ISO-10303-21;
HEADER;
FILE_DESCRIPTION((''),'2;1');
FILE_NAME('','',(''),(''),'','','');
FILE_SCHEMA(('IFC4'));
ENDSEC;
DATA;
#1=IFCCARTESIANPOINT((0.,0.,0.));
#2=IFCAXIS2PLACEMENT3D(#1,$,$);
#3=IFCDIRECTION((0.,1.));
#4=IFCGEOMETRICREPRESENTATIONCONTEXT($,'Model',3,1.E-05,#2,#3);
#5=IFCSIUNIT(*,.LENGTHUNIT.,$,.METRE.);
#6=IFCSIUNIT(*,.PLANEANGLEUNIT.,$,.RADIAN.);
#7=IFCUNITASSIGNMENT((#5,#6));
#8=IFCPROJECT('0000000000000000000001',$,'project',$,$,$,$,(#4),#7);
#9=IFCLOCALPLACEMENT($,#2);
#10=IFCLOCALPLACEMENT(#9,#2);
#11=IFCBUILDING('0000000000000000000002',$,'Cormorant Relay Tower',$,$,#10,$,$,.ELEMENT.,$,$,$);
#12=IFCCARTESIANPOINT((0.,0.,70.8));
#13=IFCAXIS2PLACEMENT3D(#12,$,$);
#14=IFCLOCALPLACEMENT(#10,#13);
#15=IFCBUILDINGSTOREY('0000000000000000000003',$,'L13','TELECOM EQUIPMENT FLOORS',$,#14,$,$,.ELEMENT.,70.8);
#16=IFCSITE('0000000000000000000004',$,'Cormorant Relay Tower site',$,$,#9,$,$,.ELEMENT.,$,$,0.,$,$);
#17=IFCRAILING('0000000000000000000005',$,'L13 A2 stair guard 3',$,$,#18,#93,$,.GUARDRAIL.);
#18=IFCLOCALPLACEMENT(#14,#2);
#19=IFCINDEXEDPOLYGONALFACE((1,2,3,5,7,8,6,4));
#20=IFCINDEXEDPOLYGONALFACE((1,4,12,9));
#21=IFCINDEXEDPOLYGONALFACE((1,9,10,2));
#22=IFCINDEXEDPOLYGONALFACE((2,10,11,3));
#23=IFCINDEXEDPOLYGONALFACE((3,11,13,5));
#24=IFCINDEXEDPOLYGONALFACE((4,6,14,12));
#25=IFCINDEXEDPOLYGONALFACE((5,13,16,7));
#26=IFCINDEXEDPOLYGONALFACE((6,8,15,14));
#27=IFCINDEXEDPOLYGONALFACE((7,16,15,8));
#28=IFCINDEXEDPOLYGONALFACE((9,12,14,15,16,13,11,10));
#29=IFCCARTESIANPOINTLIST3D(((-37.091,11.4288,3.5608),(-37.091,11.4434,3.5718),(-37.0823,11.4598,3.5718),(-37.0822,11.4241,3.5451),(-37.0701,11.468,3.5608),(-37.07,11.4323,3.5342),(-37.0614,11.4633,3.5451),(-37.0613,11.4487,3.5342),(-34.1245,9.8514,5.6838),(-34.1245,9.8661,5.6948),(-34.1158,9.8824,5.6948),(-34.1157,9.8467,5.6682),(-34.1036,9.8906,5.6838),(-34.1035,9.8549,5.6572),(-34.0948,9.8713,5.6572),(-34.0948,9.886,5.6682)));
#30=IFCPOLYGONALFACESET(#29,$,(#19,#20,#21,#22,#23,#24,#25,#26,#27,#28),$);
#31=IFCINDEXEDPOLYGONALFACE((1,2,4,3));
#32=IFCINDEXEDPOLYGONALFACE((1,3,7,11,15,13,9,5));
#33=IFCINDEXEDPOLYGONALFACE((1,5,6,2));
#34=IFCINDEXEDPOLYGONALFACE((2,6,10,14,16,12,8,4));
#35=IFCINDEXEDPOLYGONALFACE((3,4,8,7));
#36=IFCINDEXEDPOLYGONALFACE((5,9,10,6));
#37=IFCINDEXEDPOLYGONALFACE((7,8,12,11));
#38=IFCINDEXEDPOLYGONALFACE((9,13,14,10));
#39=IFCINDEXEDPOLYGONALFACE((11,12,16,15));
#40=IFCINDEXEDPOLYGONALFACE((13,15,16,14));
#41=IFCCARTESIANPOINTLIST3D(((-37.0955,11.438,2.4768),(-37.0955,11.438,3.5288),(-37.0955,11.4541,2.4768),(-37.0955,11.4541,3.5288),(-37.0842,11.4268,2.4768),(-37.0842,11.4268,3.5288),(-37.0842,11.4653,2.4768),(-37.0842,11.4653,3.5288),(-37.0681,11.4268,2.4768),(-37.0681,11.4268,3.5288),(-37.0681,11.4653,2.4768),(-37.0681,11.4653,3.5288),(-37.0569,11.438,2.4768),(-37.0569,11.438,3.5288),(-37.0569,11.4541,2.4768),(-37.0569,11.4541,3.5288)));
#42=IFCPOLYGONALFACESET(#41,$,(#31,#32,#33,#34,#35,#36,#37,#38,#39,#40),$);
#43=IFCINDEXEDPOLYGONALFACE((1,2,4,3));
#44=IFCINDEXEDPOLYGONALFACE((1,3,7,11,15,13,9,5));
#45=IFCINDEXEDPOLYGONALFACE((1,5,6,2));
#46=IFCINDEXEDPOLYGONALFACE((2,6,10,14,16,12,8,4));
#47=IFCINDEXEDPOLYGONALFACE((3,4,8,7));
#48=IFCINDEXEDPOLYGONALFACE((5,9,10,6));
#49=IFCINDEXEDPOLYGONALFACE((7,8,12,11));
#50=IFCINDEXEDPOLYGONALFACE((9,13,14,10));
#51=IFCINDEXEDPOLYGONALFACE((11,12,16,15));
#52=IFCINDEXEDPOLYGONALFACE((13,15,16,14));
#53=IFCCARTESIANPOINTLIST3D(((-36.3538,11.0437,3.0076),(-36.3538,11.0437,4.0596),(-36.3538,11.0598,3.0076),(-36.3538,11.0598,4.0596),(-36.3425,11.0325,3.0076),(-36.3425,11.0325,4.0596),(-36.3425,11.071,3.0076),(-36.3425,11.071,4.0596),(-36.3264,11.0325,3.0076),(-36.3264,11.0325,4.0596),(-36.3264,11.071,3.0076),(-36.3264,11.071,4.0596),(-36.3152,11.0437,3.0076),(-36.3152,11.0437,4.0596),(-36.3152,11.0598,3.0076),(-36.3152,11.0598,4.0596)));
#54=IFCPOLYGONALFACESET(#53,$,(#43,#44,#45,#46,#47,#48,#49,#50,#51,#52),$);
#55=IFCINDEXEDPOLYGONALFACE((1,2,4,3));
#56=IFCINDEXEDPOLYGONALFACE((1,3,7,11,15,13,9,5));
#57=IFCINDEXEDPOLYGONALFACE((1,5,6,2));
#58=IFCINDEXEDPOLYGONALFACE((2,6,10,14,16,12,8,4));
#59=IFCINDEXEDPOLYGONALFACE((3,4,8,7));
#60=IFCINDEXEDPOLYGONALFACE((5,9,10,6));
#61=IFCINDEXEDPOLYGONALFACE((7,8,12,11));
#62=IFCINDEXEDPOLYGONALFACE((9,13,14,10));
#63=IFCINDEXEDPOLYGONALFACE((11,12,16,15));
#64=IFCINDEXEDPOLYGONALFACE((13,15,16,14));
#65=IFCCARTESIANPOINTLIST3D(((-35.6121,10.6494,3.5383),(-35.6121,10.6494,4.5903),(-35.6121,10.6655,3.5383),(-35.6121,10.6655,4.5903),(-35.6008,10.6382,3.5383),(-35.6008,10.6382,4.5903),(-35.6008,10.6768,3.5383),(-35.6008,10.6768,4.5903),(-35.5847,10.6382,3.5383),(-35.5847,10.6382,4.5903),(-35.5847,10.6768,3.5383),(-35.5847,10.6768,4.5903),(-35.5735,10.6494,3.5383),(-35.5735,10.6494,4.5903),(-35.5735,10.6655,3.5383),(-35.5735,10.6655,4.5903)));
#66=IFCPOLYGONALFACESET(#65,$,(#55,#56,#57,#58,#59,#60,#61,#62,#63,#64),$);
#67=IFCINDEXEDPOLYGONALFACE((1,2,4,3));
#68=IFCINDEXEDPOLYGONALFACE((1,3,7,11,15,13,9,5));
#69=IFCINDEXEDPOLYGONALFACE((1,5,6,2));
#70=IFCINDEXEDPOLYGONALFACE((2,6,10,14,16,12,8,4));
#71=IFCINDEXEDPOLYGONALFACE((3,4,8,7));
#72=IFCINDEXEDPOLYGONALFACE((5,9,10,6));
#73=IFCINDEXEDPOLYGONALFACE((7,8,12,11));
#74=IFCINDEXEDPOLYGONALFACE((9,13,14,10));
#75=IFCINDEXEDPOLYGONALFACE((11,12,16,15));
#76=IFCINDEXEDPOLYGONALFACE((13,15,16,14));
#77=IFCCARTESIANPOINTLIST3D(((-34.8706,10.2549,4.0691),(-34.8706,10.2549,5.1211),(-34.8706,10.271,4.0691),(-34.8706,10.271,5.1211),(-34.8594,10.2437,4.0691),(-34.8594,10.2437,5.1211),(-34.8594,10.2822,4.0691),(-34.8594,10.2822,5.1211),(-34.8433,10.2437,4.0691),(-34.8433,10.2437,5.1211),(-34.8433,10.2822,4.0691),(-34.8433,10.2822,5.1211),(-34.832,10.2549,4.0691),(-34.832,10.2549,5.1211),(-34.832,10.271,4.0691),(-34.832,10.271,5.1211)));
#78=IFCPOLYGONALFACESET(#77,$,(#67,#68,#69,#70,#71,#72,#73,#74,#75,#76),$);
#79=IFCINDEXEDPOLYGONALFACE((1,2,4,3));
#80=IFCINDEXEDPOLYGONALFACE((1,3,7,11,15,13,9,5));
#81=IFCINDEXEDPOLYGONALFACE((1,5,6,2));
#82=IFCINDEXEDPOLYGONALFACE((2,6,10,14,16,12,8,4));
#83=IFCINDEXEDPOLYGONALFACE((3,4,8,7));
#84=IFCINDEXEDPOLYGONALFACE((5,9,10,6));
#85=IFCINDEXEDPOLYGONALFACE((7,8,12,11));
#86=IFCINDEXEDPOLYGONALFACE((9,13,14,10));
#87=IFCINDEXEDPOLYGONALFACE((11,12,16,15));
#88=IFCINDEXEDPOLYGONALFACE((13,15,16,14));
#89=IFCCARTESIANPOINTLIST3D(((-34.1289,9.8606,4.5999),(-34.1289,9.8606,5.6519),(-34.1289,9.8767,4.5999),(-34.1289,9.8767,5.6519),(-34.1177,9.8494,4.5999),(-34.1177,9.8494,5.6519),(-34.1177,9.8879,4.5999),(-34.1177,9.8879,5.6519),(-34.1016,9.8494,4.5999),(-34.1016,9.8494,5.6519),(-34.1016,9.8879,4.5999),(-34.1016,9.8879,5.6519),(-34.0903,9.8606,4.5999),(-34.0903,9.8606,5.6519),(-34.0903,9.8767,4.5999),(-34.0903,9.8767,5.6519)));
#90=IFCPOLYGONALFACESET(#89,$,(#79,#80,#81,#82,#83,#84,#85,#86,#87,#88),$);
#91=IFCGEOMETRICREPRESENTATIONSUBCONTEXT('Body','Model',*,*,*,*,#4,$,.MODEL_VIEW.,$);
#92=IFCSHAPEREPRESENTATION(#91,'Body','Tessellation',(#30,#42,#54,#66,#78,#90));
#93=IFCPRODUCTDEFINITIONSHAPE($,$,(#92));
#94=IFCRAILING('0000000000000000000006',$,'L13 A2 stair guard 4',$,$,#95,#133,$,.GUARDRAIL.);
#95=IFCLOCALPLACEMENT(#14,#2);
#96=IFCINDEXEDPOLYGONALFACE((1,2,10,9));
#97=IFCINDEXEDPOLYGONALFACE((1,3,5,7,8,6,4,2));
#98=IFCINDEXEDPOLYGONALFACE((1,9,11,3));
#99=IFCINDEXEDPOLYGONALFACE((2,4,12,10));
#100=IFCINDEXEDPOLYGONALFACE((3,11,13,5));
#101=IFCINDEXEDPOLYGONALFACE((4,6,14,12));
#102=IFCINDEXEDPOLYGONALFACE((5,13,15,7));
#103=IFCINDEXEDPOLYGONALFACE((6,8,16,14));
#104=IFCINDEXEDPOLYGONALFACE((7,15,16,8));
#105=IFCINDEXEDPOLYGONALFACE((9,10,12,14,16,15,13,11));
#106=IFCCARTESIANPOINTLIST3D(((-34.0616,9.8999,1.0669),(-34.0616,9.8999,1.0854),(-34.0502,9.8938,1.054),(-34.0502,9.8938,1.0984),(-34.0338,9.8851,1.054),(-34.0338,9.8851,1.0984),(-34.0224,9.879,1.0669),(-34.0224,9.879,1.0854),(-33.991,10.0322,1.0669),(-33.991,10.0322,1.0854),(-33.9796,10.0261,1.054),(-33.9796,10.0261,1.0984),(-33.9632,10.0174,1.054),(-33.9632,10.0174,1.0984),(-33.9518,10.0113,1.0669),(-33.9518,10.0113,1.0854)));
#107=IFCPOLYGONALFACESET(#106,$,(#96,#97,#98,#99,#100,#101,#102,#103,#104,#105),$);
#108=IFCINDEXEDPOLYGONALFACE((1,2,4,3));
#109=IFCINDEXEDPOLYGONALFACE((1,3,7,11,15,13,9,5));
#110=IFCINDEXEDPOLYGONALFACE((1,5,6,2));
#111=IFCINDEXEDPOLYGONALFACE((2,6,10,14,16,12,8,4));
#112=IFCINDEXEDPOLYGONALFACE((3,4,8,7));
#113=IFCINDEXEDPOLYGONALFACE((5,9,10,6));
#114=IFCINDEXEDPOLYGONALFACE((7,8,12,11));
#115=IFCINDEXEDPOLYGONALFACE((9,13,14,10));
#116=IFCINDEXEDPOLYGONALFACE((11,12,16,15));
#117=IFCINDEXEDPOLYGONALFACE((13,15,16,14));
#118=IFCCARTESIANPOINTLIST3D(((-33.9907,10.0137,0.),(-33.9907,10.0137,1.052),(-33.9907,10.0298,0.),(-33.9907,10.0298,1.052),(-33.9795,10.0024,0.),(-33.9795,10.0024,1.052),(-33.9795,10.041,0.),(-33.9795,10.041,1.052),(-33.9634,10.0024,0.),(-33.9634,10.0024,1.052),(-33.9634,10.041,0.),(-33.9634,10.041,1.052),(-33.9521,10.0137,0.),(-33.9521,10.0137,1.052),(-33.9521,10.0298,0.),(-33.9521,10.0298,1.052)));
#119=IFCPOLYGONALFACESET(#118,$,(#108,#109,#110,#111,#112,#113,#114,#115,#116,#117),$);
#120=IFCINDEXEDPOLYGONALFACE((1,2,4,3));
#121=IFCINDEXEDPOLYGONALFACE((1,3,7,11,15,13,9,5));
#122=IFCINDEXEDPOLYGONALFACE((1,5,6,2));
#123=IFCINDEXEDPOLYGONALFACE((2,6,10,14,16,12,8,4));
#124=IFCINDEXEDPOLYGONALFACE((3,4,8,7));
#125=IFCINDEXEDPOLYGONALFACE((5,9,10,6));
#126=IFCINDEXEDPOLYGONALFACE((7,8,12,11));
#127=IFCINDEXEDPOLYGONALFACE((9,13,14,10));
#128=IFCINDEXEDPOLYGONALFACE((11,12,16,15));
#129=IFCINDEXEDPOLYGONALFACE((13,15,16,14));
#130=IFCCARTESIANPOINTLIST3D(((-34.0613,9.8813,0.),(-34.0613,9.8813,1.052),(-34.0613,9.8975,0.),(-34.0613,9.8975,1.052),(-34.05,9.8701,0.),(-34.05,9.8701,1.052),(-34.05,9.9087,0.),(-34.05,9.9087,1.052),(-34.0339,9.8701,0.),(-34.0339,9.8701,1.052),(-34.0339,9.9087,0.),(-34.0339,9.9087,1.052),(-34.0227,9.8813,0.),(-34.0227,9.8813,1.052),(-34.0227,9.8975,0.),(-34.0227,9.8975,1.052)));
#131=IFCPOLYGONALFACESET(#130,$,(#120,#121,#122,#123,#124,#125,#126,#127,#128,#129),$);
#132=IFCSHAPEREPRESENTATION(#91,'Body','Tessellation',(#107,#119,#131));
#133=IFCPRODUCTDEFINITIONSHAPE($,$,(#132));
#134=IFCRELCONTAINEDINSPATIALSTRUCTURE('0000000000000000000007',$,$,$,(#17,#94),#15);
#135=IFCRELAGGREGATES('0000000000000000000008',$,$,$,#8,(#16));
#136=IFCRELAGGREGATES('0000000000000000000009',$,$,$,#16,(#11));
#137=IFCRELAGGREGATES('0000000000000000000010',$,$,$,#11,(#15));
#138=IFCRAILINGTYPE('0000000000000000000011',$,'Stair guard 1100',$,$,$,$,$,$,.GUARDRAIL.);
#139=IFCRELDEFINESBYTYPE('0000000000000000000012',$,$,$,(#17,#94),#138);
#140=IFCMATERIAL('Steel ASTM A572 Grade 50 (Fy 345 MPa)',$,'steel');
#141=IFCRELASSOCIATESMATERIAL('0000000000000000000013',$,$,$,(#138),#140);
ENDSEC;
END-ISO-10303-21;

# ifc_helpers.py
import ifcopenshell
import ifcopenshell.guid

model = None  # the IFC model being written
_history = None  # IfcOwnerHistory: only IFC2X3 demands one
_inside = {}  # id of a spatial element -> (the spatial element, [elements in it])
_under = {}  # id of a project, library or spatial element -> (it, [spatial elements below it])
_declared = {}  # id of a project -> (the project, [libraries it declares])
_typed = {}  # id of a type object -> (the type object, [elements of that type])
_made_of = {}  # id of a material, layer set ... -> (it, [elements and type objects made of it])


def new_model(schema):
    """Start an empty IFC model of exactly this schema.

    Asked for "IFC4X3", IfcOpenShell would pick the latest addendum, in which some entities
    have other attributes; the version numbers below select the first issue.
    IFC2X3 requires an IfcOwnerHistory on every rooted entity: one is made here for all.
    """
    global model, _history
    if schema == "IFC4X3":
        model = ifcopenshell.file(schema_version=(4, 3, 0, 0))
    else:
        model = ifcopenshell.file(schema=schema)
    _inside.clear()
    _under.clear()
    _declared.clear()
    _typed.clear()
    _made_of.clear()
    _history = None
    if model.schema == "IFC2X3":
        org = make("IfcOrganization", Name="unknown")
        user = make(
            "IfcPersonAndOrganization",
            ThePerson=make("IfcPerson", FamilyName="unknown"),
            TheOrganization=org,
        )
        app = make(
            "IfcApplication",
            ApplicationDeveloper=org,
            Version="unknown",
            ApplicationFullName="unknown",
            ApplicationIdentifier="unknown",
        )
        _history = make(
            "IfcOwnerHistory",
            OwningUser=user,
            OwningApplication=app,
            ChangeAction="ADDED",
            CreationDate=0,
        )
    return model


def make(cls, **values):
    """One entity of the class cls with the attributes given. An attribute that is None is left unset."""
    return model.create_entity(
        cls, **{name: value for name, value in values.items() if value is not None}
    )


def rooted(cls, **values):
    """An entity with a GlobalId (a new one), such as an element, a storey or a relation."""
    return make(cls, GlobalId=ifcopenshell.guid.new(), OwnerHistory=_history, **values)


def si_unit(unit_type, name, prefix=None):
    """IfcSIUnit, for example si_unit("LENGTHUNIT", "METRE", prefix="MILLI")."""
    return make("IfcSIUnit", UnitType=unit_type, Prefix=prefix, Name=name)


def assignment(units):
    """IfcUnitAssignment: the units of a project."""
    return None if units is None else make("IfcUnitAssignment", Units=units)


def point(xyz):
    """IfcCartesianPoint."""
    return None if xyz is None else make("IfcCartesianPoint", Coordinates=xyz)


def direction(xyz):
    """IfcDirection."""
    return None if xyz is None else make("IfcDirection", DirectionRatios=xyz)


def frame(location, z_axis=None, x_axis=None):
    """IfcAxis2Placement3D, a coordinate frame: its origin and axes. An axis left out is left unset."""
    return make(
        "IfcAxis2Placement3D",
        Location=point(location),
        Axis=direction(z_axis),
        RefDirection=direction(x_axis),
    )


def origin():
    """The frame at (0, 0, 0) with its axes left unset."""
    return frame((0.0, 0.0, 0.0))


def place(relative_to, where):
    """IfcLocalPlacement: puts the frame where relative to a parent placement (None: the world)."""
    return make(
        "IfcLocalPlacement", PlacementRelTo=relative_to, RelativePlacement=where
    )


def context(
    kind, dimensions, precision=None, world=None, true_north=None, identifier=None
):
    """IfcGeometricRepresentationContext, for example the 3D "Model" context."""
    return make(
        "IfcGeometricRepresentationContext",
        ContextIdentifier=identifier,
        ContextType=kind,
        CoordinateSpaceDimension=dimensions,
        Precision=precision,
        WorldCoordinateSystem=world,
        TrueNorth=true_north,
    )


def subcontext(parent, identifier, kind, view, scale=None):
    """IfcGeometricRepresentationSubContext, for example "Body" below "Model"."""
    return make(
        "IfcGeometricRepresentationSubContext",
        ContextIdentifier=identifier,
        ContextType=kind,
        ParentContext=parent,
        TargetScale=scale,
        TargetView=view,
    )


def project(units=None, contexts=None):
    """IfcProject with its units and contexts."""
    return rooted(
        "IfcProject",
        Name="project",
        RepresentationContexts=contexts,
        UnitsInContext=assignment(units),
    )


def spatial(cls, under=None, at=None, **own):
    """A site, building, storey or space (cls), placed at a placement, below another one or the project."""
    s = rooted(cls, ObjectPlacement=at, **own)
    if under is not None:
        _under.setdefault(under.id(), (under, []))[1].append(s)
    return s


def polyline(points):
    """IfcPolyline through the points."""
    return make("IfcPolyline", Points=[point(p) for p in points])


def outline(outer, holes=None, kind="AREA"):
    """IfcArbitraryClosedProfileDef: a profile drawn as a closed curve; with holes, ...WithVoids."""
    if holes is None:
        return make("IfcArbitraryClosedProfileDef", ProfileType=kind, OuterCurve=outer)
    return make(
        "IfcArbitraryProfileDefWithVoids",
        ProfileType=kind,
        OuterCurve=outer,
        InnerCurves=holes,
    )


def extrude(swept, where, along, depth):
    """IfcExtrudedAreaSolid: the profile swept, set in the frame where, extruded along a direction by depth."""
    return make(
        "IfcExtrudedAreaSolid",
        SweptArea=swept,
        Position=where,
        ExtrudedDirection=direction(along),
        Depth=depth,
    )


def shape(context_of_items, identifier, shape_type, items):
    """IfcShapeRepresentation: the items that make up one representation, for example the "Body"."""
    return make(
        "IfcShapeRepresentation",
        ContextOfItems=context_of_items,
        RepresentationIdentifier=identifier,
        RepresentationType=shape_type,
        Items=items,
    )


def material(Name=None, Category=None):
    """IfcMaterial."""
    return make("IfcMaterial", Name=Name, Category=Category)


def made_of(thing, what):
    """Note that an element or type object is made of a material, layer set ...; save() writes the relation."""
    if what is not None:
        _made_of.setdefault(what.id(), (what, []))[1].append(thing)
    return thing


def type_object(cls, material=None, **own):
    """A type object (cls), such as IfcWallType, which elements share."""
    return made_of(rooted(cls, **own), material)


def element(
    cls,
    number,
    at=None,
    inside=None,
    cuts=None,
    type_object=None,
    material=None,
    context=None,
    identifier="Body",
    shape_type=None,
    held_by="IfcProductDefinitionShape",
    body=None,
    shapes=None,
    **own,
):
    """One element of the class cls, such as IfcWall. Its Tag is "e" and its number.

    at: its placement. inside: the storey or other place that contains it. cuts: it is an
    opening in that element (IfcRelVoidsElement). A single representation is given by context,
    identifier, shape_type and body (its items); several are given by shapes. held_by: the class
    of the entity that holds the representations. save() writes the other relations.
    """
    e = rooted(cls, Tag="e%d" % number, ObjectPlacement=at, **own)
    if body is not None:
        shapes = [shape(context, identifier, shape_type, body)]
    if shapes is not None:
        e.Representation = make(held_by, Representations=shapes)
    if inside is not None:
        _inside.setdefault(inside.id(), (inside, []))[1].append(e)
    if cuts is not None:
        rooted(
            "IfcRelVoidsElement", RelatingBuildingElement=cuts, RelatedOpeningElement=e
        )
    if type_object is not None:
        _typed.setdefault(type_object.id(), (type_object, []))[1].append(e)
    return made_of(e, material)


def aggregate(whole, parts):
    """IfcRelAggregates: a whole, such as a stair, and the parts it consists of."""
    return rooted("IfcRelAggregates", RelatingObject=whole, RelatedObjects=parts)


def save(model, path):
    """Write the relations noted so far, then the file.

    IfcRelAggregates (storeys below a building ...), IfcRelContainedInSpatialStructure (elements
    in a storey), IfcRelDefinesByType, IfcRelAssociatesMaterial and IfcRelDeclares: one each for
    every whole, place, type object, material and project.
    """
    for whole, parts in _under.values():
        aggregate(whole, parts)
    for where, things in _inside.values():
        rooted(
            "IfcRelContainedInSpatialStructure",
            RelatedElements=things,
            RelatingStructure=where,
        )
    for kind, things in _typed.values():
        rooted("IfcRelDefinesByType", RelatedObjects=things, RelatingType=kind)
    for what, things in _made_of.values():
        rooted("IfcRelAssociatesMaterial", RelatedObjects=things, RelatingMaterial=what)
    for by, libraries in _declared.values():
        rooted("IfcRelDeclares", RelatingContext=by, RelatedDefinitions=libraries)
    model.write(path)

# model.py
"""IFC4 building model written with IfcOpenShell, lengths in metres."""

from ifc_helpers import new_model, si_unit, direction, frame, origin, place, context, subcontext, project, spatial, polyline, outline, extrude, material, type_object, element, save


model = new_model("IFC4")

# Units and contexts
model_context = context("Model", 3, precision=1e-05, world=origin(), true_north=direction((0.0, 1.0)))
body_context = subcontext(model_context, "Body", "Model", "MODEL_VIEW")
ifc_project = project(units=[si_unit("LENGTHUNIT", "METRE"), si_unit("PLANEANGLEUNIT", "RADIAN")], contexts=[model_context])

# Site, building, storey
site_placement = place(None, origin())
site = spatial("IfcSite", under=ifc_project, at=site_placement, Name="Cormorant Relay Tower site", CompositionType="ELEMENT", RefElevation=0.0)
building_placement = place(site_placement, origin())
building = spatial("IfcBuilding", under=site, at=building_placement, Name="Cormorant Relay Tower", CompositionType="ELEMENT")
storey_placement = place(building_placement, frame((0.0, 0.0, 70.8)))
storey = spatial("IfcBuildingStorey", under=building, at=storey_placement, Name="L13", Description="TELECOM EQUIPMENT FLOORS", CompositionType="ELEMENT", Elevation=70.8)

# Railings
ifc_material_1 = material(Name="Steel ASTM A572 Grade 50 (Fy 345 MPa)", Category="steel")
railing_type_1 = type_object("IfcRailingType", Name="Stair guard 1100", PredefinedType="GUARDRAIL", material=ifc_material_1)
railing_1_placement = place(storey_placement, frame((-37.0762, 11.446, 2.4768)))
element("IfcRailing", 1, at=railing_1_placement, inside=storey, type_object=railing_type_1, Name="L13 A2 stair guard 3", PredefinedType="GUARDRAIL", context=body_context, shape_type="SweptSolid", body=[
    extrude(outline(polyline([(0.0222, 0.0093), (0.0093, 0.0222), (-0.0093, 0.0222), (-0.0222, 0.0093), (-0.0222, -0.0093), (-0.0093, -0.0222), (0.0093, -0.0222), (0.0222, -0.0093), (0.0222, 0.0093)])), frame((0.0, 0.0, 1.0762), z_axis=(0.746413, -0.396887, 0.534179), x_axis=(0.469483, 0.882942, 0.0)), (0.0, 0.0, 1.0), 3.9744),
    extrude(outline(polyline([(0.0193, 0.0081), (0.0081, 0.0193), (-0.0081, 0.0193), (-0.0193, 0.0081), (-0.0193, -0.0081), (-0.0081, -0.0193), (0.0081, -0.0193), (0.0193, -0.0081), (0.0193, 0.0081)])), origin(), (0.0, 0.0, 1.0), 1.052),
    extrude(outline(polyline([(0.0193, 0.0081), (0.0081, 0.0193), (-0.0081, 0.0193), (-0.0193, 0.0081), (-0.0193, -0.0081), (-0.0081, -0.0193), (0.0081, -0.0193), (0.0193, -0.0081), (0.0193, 0.0081)])), frame((0.7417, -0.3943, 0.5308)), (0.0, 0.0, 1.0), 1.052),
    extrude(outline(polyline([(0.0193, 0.0081), (0.0081, 0.0193), (-0.0081, 0.0193), (-0.0193, 0.0081), (-0.0193, -0.0081), (-0.0081, -0.0193), (0.0081, -0.0193), (0.0193, -0.0081), (0.0193, 0.0081)])), frame((1.4834, -0.7886, 1.0615)), (0.0, 0.0, 1.0), 1.052),
    extrude(outline(polyline([(0.0193, 0.0081), (0.0081, 0.0193), (-0.0081, 0.0193), (-0.0193, 0.0081), (-0.0193, -0.0081), (-0.0081, -0.0193), (0.0081, -0.0193), (0.0193, -0.0081), (0.0193, 0.0081)])), frame((2.2249, -1.1831, 1.5923)), (0.0, 0.0, 1.0), 1.052),
    extrude(outline(polyline([(0.0193, 0.0081), (0.0081, 0.0193), (-0.0081, 0.0193), (-0.0193, 0.0081), (-0.0193, -0.0081), (-0.0081, -0.0193), (0.0081, -0.0193), (0.0193, -0.0081), (0.0193, 0.0081)])), frame((2.9666, -1.5774, 2.123)), (0.0, 0.0, 1.0), 1.052),
])
railing_2_placement = place(storey_placement, frame((-33.9714, 10.0217, 0.0)))
element("IfcRailing", 2, at=railing_2_placement, inside=storey, type_object=railing_type_1, Name="L13 A2 stair guard 4", PredefinedType="GUARDRAIL", context=body_context, shape_type="SweptSolid", body=[
    extrude(outline(polyline([(0.0222, 0.0093), (0.0093, 0.0222), (-0.0093, 0.0222), (-0.0222, 0.0093), (-0.0222, -0.0093), (-0.0093, -0.0222), (0.0093, -0.0222), (0.0222, -0.0093), (0.0222, 0.0093)])), frame((0.0, 0.0, 1.0762), z_axis=(-0.470504, -0.882398, 0.0), x_axis=(0.882398, -0.470504, 0.0)), (0.0, 0.0, 1.0), 0.1499),
    extrude(outline(polyline([(0.0193, 0.0081), (0.0081, 0.0193), (-0.0081, 0.0193), (-0.0193, 0.0081), (-0.0193, -0.0081), (-0.0081, -0.0193), (0.0081, -0.0193), (0.0193, -0.0081), (0.0193, 0.0081)])), origin(), (0.0, 0.0, 1.0), 1.052),
    extrude(outline(polyline([(0.0193, 0.0081), (0.0081, 0.0193), (-0.0081, 0.0193), (-0.0193, 0.0081), (-0.0193, -0.0081), (-0.0081, -0.0193), (0.0081, -0.0193), (0.0193, -0.0081), (0.0193, 0.0081)])), frame((-0.0706, -0.1323, 0.0)), (0.0, 0.0, 1.0), 1.052),
])

save(model, "model.ifc")
